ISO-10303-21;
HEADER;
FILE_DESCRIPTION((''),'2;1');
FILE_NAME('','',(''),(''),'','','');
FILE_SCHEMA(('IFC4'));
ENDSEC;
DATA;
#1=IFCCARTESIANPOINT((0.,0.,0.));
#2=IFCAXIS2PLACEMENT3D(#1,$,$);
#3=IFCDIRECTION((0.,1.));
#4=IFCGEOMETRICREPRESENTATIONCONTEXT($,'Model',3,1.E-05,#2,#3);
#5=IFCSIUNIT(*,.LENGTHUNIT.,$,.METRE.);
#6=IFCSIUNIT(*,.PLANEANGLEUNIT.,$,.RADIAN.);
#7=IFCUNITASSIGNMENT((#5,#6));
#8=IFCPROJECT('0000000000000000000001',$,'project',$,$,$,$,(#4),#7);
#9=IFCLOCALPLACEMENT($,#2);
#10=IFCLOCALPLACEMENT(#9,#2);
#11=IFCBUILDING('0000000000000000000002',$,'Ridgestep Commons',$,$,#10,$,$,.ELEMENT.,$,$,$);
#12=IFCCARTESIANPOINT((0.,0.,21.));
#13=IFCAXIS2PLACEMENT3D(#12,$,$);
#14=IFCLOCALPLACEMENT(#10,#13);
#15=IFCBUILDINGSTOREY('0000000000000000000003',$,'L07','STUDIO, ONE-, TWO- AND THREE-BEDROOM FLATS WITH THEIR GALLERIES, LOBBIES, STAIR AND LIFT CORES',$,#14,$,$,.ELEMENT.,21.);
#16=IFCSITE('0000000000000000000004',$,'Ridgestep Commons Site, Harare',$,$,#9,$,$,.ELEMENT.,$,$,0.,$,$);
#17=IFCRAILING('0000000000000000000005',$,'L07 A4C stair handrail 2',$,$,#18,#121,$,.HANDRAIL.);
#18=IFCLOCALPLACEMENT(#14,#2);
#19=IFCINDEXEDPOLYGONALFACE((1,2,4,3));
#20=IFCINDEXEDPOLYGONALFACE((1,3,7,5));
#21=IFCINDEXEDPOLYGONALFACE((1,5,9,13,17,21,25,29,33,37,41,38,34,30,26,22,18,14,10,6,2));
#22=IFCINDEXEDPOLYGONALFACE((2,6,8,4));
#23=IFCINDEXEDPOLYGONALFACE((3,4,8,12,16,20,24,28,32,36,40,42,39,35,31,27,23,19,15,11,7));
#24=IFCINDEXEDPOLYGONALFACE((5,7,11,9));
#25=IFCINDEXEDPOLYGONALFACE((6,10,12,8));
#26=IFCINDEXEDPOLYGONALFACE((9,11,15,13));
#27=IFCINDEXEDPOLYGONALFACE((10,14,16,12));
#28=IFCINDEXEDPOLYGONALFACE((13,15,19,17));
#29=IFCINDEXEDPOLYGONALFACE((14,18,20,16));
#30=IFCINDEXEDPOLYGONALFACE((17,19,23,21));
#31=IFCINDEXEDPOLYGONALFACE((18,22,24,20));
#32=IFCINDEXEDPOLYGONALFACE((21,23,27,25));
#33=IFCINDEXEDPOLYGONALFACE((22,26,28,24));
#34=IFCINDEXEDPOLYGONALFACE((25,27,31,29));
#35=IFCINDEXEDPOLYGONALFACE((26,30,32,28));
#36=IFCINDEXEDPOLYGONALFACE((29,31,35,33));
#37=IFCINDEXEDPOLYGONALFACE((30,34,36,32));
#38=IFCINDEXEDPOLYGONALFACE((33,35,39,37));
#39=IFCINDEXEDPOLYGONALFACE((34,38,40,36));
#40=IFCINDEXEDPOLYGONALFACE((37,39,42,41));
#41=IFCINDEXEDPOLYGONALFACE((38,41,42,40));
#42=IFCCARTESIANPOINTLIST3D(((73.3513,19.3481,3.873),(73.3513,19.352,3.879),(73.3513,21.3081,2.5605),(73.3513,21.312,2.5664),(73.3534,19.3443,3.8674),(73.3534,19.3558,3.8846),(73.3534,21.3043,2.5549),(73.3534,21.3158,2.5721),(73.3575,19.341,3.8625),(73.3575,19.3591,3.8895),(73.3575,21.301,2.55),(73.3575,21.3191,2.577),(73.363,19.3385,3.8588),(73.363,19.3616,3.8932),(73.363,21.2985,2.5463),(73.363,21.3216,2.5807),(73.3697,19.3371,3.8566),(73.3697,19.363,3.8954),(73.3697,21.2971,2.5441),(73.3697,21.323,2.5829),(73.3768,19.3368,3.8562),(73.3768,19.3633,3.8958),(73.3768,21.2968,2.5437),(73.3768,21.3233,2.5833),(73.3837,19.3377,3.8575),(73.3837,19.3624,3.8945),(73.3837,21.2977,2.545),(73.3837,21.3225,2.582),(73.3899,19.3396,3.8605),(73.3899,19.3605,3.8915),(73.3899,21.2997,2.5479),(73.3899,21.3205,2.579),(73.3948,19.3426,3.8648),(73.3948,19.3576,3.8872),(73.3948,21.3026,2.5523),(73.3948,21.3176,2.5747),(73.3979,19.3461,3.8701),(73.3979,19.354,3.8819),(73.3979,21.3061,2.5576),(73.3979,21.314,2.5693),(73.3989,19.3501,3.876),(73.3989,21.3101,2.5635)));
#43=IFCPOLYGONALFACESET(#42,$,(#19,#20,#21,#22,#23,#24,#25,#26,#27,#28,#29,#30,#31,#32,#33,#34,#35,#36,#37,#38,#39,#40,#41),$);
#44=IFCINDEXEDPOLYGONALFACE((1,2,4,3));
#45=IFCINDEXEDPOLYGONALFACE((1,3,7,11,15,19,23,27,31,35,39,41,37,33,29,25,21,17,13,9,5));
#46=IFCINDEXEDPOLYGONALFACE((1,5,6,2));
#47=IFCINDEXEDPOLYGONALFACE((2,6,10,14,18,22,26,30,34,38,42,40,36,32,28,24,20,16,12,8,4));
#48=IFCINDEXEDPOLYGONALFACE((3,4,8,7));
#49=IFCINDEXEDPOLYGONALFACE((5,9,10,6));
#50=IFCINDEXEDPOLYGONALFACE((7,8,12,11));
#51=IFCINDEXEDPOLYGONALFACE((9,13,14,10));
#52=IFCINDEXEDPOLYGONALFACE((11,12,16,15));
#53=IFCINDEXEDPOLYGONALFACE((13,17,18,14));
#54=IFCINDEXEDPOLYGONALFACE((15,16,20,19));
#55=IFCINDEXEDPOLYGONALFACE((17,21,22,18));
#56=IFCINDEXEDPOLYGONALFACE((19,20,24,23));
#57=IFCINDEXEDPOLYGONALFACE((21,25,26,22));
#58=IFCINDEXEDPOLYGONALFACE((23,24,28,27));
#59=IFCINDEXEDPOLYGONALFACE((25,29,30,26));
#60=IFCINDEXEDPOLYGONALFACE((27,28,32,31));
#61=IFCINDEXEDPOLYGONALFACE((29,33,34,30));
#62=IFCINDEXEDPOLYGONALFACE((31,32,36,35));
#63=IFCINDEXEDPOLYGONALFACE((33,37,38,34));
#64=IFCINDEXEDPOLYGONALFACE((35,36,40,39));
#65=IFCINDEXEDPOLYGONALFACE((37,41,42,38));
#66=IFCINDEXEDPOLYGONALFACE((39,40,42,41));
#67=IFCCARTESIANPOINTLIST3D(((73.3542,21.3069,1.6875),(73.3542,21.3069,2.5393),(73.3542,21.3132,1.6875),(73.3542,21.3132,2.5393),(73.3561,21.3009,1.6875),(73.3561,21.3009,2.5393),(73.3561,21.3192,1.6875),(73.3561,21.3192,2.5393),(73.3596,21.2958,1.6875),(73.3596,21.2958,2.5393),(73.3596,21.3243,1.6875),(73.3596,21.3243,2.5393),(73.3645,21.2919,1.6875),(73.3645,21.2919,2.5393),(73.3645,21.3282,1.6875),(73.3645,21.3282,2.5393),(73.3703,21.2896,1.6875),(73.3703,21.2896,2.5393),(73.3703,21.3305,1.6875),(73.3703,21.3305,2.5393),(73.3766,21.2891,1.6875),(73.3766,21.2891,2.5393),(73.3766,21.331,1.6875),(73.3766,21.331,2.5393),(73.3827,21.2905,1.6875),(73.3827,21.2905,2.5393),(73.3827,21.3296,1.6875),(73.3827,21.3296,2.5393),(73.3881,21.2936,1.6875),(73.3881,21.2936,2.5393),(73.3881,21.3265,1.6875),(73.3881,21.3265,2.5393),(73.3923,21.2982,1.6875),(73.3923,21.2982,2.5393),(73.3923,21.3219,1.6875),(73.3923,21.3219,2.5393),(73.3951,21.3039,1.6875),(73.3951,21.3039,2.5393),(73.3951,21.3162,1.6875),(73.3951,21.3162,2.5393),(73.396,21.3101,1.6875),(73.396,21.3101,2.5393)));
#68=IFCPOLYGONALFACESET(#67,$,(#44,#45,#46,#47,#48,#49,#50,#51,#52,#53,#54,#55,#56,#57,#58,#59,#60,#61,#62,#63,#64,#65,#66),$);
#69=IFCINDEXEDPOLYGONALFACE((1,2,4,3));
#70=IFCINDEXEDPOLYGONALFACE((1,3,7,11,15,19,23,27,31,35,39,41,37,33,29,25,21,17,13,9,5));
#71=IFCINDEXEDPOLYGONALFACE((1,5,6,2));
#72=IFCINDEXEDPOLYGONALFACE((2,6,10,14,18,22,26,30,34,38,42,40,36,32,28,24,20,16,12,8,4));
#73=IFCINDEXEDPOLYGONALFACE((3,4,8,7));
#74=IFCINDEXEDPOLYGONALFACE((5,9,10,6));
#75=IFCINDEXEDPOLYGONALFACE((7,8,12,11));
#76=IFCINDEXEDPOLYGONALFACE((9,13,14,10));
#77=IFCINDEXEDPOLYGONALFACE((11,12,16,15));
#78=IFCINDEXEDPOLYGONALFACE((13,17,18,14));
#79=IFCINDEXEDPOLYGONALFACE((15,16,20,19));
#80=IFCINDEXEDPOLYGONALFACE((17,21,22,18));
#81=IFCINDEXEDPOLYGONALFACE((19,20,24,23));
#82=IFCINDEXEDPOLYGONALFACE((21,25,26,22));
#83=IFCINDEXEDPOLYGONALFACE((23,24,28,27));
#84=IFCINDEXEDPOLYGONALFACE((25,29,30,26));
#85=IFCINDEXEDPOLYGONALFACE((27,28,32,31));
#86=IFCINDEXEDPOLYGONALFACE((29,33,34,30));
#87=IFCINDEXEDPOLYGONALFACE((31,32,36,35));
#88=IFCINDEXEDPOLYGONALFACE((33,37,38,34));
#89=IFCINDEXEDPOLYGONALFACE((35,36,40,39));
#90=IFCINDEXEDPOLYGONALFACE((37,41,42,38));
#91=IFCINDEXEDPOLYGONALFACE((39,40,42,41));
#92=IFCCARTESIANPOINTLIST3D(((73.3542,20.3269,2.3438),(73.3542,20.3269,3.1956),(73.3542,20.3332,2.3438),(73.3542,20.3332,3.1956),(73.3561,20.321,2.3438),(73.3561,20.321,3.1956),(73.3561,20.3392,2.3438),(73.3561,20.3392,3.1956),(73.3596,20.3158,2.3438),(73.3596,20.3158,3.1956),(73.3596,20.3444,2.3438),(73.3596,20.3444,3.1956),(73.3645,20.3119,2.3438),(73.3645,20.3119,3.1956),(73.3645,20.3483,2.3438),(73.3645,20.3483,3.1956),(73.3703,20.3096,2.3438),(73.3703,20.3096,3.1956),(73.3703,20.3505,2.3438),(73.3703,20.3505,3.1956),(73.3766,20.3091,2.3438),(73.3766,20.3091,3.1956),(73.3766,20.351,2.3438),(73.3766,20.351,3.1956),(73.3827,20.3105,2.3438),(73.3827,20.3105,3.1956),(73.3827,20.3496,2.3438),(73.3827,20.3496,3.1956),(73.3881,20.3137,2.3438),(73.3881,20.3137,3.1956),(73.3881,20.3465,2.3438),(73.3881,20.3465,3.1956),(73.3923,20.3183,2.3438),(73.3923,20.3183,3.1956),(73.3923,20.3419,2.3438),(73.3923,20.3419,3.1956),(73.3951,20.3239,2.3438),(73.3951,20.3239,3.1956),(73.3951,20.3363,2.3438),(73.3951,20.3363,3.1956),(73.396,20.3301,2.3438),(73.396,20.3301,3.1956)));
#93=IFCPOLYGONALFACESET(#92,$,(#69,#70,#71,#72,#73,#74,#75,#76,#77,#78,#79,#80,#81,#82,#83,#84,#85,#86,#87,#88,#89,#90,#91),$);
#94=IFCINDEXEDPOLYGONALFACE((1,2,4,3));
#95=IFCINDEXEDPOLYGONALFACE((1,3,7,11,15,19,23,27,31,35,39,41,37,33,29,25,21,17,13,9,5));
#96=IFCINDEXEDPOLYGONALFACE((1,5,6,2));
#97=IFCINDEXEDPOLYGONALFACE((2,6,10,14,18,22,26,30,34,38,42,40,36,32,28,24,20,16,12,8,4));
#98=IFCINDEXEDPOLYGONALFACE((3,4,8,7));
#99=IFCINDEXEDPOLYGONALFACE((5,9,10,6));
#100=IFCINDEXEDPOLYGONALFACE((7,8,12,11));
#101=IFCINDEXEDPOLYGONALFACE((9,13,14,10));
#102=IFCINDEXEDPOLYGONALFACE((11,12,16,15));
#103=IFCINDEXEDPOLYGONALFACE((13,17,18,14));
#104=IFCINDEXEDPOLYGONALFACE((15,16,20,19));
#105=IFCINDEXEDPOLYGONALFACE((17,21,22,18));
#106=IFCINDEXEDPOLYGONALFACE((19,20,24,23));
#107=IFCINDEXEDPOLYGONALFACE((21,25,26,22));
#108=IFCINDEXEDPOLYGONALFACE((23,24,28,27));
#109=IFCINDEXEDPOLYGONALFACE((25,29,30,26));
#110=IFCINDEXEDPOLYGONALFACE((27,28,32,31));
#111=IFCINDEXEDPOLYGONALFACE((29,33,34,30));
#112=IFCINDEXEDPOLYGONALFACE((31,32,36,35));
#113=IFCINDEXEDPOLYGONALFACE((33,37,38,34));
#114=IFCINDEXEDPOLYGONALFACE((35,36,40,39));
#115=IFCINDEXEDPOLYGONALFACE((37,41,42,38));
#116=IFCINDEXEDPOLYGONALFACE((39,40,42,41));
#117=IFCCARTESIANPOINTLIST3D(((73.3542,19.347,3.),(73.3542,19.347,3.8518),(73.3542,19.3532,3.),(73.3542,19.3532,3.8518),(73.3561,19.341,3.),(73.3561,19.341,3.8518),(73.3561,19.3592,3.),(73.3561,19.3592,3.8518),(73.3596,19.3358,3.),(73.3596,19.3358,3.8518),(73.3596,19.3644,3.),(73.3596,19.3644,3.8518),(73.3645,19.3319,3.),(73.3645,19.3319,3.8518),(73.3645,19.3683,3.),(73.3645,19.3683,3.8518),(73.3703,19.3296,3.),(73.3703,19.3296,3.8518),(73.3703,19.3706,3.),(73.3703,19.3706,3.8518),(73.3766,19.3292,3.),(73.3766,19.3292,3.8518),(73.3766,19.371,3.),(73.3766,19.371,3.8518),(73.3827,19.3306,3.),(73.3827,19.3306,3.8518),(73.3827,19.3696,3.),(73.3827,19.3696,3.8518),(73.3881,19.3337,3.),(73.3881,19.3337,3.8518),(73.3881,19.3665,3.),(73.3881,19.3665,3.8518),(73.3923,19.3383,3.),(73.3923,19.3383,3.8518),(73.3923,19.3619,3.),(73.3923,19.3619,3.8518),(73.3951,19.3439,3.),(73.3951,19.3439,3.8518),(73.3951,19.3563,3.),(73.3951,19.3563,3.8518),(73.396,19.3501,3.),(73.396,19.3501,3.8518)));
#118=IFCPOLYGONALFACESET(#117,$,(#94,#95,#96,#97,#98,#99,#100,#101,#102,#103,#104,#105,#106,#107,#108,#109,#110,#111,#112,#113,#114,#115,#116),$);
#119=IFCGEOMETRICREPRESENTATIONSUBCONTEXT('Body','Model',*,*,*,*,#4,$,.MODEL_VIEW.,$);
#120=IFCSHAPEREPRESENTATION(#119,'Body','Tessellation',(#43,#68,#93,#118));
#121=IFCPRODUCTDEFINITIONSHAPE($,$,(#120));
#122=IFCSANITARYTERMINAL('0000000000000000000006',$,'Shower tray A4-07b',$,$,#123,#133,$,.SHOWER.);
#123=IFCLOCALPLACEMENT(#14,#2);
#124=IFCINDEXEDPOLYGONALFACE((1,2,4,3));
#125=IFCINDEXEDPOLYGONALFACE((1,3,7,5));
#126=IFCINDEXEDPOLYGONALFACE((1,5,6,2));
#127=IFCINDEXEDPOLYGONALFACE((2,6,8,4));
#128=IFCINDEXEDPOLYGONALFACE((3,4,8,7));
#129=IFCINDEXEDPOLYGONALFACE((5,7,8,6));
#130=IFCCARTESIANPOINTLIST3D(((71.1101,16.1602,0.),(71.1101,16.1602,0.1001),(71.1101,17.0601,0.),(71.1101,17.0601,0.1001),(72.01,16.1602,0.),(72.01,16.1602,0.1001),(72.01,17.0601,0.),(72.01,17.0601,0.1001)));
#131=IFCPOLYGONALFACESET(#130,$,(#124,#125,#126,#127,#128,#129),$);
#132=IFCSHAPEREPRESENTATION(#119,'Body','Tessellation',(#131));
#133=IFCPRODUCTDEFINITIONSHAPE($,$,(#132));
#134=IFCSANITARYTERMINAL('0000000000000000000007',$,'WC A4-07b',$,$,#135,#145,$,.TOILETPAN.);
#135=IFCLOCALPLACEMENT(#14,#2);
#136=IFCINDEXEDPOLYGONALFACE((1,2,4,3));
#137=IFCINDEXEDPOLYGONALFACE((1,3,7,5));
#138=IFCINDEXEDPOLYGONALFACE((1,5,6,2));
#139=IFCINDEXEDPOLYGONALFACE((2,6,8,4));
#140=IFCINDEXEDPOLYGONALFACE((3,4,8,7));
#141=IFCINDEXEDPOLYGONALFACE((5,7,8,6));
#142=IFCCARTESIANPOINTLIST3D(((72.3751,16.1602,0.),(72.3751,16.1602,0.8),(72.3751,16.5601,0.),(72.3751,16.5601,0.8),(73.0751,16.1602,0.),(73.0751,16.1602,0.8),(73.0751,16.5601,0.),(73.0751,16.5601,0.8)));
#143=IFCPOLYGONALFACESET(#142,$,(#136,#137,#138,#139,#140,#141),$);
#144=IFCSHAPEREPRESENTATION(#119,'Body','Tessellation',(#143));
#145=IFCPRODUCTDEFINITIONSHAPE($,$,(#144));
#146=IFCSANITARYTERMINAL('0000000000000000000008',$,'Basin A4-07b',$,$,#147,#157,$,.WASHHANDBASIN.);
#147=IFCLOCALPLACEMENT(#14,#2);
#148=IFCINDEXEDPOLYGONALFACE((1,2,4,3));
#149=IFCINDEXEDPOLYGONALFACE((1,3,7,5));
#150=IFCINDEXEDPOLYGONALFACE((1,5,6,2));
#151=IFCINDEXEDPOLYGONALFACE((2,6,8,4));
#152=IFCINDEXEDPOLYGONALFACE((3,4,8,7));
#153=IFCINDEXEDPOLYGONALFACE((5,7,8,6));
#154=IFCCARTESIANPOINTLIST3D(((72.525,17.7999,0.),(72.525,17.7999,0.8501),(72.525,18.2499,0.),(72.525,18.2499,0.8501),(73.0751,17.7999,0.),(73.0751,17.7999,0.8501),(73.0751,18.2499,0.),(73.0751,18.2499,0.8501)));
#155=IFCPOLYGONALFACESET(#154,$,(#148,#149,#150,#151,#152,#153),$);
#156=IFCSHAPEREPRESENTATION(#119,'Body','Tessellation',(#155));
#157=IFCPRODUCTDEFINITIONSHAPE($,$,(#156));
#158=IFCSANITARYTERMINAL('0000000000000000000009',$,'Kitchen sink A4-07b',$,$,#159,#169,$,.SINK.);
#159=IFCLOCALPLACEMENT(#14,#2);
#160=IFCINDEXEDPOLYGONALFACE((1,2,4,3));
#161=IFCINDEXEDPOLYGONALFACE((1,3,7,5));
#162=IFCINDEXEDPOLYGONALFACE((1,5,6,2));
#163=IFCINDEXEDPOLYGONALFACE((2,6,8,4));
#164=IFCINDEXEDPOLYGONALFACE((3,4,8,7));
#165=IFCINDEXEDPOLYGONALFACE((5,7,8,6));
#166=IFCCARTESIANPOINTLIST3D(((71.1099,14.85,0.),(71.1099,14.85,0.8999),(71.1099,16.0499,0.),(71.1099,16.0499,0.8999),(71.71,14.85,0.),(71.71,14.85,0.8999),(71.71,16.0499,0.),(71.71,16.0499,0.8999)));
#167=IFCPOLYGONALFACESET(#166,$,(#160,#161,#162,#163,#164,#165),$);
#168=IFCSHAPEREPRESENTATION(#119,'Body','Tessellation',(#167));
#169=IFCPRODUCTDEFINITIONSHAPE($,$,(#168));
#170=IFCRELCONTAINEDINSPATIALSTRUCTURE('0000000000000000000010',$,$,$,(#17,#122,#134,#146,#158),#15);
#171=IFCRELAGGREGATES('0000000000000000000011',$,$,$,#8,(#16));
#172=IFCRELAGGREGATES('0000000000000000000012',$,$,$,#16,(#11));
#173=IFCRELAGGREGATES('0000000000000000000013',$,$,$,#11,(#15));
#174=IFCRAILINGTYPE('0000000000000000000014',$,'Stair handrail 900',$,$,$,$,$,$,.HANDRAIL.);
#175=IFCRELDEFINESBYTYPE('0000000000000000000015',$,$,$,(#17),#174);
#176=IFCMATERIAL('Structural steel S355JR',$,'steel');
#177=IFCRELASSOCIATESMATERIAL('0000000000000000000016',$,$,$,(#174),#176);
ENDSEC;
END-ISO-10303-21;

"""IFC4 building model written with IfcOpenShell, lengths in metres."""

from ifc_helpers import new_model, si_unit, direction, frame, origin, origin_2d, place, context, subcontext, project, spatial, rectangle, circle, extrude, material, type_object, element, save


model = new_model("IFC4")

# Units and contexts
model_context = context("Model", 3, precision=1e-05, world=origin(), true_north=direction((0.0, 1.0)))
body_context = subcontext(model_context, "Body", "Model", "MODEL_VIEW")
ifc_project = project(units=[si_unit("LENGTHUNIT", "METRE"), si_unit("PLANEANGLEUNIT", "RADIAN")], contexts=[model_context])

# Site, building, storey
site_placement = place(None, origin())
site = spatial("IfcSite", under=ifc_project, at=site_placement, Name="Ridgestep Commons Site, Harare", CompositionType="ELEMENT", RefElevation=0.0)
building_placement = place(site_placement, origin())
building = spatial("IfcBuilding", under=site, at=building_placement, Name="Ridgestep Commons", CompositionType="ELEMENT")
storey_placement = place(building_placement, frame((0.0, 0.0, 21.0)))
storey = spatial("IfcBuildingStorey", under=building, at=storey_placement, Name="L07", Description="STUDIO, ONE-, TWO- AND THREE-BEDROOM FLATS WITH THEIR GALLERIES, LOBBIES, STAIR AND LIFT CORES", CompositionType="ELEMENT", Elevation=21.0)

# Railing
ifc_material_1 = material(Name="Structural steel S355JR", Category="steel")
railing_type_1 = type_object("IfcRailingType", Name="Stair handrail 900", PredefinedType="HANDRAIL", material=ifc_material_1)
railing_1_placement = place(storey_placement, frame((73.375, 21.3101, 1.6875)))
element("IfcRailing", 1, at=railing_1_placement, inside=storey, type_object=railing_type_1, Name="L07 A4C stair handrail 2", PredefinedType="HANDRAIL", context=body_context, shape_type="SweptSolid", body=[
    extrude(circle(Radius=0.0239, at=origin_2d()), frame((0.0, 0.0, 0.876), z_axis=(0.0, -0.830902, 0.556419), x_axis=(1.0, 0.0, 0.0)), (0.0, 0.0, 1.0), 2.3589),
    extrude(circle(Radius=0.021, at=origin_2d()), origin(), (0.0, 0.0, 1.0), 0.8518),
    extrude(circle(Radius=0.021, at=origin_2d()), frame((0.0, -0.98, 0.6562)), (0.0, 0.0, 1.0), 0.8518),
    extrude(circle(Radius=0.021, at=origin_2d()), frame((0.0, -1.96, 1.3125)), (0.0, 0.0, 1.0), 0.8518),
])

# Sanitary terminals
sanitary_terminal_1_placement = place(storey_placement, frame((71.5601, 16.6101, 0.0), z_axis=(0.0, 0.0, 1.0), x_axis=(1.0, 0.0, 0.0)))
element("IfcSanitaryTerminal", 2, at=sanitary_terminal_1_placement, inside=storey, Name="Shower tray A4-07b", PredefinedType="SHOWER", context=body_context, shape_type="SweptSolid", body=[
    extrude(rectangle(XDim=0.8999, YDim=0.8999, at=origin_2d()), origin(), (0.0, 0.0, 1.0), 0.1001),
])
sanitary_terminal_2_placement = place(storey_placement, frame((72.7251, 16.3601, 0.0), z_axis=(0.0, 0.0, 1.0), x_axis=(1.0, 0.0, 0.0)))
element("IfcSanitaryTerminal", 3, at=sanitary_terminal_2_placement, inside=storey, Name="WC A4-07b", PredefinedType="TOILETPAN", context=body_context, shape_type="SweptSolid", body=[
    extrude(rectangle(XDim=0.7, YDim=0.3999, at=origin_2d()), origin(), (0.0, 0.0, 1.0), 0.8),
])
sanitary_terminal_3_placement = place(storey_placement, frame((72.8, 18.0249, 0.0), z_axis=(0.0, 0.0, 1.0), x_axis=(1.0, 0.0, 0.0)))
element("IfcSanitaryTerminal", 4, at=sanitary_terminal_3_placement, inside=storey, Name="Basin A4-07b", PredefinedType="WASHHANDBASIN", context=body_context, shape_type="SweptSolid", body=[
    extrude(rectangle(XDim=0.55, YDim=0.45, at=origin_2d()), origin(), (0.0, 0.0, 1.0), 0.8501),
])
sanitary_terminal_4_placement = place(storey_placement, frame((71.4099, 15.45, 0.0), z_axis=(0.0, 0.0, 1.0), x_axis=(1.0, 0.0, 0.0)))
element("IfcSanitaryTerminal", 5, at=sanitary_terminal_4_placement, inside=storey, Name="Kitchen sink A4-07b", PredefinedType="SINK", context=body_context, shape_type="SweptSolid", body=[
    extrude(rectangle(XDim=0.6001, YDim=1.2, at=origin_2d()), origin(), (0.0, 0.0, 1.0), 0.8999),
])

save(model, "model.ifc")
